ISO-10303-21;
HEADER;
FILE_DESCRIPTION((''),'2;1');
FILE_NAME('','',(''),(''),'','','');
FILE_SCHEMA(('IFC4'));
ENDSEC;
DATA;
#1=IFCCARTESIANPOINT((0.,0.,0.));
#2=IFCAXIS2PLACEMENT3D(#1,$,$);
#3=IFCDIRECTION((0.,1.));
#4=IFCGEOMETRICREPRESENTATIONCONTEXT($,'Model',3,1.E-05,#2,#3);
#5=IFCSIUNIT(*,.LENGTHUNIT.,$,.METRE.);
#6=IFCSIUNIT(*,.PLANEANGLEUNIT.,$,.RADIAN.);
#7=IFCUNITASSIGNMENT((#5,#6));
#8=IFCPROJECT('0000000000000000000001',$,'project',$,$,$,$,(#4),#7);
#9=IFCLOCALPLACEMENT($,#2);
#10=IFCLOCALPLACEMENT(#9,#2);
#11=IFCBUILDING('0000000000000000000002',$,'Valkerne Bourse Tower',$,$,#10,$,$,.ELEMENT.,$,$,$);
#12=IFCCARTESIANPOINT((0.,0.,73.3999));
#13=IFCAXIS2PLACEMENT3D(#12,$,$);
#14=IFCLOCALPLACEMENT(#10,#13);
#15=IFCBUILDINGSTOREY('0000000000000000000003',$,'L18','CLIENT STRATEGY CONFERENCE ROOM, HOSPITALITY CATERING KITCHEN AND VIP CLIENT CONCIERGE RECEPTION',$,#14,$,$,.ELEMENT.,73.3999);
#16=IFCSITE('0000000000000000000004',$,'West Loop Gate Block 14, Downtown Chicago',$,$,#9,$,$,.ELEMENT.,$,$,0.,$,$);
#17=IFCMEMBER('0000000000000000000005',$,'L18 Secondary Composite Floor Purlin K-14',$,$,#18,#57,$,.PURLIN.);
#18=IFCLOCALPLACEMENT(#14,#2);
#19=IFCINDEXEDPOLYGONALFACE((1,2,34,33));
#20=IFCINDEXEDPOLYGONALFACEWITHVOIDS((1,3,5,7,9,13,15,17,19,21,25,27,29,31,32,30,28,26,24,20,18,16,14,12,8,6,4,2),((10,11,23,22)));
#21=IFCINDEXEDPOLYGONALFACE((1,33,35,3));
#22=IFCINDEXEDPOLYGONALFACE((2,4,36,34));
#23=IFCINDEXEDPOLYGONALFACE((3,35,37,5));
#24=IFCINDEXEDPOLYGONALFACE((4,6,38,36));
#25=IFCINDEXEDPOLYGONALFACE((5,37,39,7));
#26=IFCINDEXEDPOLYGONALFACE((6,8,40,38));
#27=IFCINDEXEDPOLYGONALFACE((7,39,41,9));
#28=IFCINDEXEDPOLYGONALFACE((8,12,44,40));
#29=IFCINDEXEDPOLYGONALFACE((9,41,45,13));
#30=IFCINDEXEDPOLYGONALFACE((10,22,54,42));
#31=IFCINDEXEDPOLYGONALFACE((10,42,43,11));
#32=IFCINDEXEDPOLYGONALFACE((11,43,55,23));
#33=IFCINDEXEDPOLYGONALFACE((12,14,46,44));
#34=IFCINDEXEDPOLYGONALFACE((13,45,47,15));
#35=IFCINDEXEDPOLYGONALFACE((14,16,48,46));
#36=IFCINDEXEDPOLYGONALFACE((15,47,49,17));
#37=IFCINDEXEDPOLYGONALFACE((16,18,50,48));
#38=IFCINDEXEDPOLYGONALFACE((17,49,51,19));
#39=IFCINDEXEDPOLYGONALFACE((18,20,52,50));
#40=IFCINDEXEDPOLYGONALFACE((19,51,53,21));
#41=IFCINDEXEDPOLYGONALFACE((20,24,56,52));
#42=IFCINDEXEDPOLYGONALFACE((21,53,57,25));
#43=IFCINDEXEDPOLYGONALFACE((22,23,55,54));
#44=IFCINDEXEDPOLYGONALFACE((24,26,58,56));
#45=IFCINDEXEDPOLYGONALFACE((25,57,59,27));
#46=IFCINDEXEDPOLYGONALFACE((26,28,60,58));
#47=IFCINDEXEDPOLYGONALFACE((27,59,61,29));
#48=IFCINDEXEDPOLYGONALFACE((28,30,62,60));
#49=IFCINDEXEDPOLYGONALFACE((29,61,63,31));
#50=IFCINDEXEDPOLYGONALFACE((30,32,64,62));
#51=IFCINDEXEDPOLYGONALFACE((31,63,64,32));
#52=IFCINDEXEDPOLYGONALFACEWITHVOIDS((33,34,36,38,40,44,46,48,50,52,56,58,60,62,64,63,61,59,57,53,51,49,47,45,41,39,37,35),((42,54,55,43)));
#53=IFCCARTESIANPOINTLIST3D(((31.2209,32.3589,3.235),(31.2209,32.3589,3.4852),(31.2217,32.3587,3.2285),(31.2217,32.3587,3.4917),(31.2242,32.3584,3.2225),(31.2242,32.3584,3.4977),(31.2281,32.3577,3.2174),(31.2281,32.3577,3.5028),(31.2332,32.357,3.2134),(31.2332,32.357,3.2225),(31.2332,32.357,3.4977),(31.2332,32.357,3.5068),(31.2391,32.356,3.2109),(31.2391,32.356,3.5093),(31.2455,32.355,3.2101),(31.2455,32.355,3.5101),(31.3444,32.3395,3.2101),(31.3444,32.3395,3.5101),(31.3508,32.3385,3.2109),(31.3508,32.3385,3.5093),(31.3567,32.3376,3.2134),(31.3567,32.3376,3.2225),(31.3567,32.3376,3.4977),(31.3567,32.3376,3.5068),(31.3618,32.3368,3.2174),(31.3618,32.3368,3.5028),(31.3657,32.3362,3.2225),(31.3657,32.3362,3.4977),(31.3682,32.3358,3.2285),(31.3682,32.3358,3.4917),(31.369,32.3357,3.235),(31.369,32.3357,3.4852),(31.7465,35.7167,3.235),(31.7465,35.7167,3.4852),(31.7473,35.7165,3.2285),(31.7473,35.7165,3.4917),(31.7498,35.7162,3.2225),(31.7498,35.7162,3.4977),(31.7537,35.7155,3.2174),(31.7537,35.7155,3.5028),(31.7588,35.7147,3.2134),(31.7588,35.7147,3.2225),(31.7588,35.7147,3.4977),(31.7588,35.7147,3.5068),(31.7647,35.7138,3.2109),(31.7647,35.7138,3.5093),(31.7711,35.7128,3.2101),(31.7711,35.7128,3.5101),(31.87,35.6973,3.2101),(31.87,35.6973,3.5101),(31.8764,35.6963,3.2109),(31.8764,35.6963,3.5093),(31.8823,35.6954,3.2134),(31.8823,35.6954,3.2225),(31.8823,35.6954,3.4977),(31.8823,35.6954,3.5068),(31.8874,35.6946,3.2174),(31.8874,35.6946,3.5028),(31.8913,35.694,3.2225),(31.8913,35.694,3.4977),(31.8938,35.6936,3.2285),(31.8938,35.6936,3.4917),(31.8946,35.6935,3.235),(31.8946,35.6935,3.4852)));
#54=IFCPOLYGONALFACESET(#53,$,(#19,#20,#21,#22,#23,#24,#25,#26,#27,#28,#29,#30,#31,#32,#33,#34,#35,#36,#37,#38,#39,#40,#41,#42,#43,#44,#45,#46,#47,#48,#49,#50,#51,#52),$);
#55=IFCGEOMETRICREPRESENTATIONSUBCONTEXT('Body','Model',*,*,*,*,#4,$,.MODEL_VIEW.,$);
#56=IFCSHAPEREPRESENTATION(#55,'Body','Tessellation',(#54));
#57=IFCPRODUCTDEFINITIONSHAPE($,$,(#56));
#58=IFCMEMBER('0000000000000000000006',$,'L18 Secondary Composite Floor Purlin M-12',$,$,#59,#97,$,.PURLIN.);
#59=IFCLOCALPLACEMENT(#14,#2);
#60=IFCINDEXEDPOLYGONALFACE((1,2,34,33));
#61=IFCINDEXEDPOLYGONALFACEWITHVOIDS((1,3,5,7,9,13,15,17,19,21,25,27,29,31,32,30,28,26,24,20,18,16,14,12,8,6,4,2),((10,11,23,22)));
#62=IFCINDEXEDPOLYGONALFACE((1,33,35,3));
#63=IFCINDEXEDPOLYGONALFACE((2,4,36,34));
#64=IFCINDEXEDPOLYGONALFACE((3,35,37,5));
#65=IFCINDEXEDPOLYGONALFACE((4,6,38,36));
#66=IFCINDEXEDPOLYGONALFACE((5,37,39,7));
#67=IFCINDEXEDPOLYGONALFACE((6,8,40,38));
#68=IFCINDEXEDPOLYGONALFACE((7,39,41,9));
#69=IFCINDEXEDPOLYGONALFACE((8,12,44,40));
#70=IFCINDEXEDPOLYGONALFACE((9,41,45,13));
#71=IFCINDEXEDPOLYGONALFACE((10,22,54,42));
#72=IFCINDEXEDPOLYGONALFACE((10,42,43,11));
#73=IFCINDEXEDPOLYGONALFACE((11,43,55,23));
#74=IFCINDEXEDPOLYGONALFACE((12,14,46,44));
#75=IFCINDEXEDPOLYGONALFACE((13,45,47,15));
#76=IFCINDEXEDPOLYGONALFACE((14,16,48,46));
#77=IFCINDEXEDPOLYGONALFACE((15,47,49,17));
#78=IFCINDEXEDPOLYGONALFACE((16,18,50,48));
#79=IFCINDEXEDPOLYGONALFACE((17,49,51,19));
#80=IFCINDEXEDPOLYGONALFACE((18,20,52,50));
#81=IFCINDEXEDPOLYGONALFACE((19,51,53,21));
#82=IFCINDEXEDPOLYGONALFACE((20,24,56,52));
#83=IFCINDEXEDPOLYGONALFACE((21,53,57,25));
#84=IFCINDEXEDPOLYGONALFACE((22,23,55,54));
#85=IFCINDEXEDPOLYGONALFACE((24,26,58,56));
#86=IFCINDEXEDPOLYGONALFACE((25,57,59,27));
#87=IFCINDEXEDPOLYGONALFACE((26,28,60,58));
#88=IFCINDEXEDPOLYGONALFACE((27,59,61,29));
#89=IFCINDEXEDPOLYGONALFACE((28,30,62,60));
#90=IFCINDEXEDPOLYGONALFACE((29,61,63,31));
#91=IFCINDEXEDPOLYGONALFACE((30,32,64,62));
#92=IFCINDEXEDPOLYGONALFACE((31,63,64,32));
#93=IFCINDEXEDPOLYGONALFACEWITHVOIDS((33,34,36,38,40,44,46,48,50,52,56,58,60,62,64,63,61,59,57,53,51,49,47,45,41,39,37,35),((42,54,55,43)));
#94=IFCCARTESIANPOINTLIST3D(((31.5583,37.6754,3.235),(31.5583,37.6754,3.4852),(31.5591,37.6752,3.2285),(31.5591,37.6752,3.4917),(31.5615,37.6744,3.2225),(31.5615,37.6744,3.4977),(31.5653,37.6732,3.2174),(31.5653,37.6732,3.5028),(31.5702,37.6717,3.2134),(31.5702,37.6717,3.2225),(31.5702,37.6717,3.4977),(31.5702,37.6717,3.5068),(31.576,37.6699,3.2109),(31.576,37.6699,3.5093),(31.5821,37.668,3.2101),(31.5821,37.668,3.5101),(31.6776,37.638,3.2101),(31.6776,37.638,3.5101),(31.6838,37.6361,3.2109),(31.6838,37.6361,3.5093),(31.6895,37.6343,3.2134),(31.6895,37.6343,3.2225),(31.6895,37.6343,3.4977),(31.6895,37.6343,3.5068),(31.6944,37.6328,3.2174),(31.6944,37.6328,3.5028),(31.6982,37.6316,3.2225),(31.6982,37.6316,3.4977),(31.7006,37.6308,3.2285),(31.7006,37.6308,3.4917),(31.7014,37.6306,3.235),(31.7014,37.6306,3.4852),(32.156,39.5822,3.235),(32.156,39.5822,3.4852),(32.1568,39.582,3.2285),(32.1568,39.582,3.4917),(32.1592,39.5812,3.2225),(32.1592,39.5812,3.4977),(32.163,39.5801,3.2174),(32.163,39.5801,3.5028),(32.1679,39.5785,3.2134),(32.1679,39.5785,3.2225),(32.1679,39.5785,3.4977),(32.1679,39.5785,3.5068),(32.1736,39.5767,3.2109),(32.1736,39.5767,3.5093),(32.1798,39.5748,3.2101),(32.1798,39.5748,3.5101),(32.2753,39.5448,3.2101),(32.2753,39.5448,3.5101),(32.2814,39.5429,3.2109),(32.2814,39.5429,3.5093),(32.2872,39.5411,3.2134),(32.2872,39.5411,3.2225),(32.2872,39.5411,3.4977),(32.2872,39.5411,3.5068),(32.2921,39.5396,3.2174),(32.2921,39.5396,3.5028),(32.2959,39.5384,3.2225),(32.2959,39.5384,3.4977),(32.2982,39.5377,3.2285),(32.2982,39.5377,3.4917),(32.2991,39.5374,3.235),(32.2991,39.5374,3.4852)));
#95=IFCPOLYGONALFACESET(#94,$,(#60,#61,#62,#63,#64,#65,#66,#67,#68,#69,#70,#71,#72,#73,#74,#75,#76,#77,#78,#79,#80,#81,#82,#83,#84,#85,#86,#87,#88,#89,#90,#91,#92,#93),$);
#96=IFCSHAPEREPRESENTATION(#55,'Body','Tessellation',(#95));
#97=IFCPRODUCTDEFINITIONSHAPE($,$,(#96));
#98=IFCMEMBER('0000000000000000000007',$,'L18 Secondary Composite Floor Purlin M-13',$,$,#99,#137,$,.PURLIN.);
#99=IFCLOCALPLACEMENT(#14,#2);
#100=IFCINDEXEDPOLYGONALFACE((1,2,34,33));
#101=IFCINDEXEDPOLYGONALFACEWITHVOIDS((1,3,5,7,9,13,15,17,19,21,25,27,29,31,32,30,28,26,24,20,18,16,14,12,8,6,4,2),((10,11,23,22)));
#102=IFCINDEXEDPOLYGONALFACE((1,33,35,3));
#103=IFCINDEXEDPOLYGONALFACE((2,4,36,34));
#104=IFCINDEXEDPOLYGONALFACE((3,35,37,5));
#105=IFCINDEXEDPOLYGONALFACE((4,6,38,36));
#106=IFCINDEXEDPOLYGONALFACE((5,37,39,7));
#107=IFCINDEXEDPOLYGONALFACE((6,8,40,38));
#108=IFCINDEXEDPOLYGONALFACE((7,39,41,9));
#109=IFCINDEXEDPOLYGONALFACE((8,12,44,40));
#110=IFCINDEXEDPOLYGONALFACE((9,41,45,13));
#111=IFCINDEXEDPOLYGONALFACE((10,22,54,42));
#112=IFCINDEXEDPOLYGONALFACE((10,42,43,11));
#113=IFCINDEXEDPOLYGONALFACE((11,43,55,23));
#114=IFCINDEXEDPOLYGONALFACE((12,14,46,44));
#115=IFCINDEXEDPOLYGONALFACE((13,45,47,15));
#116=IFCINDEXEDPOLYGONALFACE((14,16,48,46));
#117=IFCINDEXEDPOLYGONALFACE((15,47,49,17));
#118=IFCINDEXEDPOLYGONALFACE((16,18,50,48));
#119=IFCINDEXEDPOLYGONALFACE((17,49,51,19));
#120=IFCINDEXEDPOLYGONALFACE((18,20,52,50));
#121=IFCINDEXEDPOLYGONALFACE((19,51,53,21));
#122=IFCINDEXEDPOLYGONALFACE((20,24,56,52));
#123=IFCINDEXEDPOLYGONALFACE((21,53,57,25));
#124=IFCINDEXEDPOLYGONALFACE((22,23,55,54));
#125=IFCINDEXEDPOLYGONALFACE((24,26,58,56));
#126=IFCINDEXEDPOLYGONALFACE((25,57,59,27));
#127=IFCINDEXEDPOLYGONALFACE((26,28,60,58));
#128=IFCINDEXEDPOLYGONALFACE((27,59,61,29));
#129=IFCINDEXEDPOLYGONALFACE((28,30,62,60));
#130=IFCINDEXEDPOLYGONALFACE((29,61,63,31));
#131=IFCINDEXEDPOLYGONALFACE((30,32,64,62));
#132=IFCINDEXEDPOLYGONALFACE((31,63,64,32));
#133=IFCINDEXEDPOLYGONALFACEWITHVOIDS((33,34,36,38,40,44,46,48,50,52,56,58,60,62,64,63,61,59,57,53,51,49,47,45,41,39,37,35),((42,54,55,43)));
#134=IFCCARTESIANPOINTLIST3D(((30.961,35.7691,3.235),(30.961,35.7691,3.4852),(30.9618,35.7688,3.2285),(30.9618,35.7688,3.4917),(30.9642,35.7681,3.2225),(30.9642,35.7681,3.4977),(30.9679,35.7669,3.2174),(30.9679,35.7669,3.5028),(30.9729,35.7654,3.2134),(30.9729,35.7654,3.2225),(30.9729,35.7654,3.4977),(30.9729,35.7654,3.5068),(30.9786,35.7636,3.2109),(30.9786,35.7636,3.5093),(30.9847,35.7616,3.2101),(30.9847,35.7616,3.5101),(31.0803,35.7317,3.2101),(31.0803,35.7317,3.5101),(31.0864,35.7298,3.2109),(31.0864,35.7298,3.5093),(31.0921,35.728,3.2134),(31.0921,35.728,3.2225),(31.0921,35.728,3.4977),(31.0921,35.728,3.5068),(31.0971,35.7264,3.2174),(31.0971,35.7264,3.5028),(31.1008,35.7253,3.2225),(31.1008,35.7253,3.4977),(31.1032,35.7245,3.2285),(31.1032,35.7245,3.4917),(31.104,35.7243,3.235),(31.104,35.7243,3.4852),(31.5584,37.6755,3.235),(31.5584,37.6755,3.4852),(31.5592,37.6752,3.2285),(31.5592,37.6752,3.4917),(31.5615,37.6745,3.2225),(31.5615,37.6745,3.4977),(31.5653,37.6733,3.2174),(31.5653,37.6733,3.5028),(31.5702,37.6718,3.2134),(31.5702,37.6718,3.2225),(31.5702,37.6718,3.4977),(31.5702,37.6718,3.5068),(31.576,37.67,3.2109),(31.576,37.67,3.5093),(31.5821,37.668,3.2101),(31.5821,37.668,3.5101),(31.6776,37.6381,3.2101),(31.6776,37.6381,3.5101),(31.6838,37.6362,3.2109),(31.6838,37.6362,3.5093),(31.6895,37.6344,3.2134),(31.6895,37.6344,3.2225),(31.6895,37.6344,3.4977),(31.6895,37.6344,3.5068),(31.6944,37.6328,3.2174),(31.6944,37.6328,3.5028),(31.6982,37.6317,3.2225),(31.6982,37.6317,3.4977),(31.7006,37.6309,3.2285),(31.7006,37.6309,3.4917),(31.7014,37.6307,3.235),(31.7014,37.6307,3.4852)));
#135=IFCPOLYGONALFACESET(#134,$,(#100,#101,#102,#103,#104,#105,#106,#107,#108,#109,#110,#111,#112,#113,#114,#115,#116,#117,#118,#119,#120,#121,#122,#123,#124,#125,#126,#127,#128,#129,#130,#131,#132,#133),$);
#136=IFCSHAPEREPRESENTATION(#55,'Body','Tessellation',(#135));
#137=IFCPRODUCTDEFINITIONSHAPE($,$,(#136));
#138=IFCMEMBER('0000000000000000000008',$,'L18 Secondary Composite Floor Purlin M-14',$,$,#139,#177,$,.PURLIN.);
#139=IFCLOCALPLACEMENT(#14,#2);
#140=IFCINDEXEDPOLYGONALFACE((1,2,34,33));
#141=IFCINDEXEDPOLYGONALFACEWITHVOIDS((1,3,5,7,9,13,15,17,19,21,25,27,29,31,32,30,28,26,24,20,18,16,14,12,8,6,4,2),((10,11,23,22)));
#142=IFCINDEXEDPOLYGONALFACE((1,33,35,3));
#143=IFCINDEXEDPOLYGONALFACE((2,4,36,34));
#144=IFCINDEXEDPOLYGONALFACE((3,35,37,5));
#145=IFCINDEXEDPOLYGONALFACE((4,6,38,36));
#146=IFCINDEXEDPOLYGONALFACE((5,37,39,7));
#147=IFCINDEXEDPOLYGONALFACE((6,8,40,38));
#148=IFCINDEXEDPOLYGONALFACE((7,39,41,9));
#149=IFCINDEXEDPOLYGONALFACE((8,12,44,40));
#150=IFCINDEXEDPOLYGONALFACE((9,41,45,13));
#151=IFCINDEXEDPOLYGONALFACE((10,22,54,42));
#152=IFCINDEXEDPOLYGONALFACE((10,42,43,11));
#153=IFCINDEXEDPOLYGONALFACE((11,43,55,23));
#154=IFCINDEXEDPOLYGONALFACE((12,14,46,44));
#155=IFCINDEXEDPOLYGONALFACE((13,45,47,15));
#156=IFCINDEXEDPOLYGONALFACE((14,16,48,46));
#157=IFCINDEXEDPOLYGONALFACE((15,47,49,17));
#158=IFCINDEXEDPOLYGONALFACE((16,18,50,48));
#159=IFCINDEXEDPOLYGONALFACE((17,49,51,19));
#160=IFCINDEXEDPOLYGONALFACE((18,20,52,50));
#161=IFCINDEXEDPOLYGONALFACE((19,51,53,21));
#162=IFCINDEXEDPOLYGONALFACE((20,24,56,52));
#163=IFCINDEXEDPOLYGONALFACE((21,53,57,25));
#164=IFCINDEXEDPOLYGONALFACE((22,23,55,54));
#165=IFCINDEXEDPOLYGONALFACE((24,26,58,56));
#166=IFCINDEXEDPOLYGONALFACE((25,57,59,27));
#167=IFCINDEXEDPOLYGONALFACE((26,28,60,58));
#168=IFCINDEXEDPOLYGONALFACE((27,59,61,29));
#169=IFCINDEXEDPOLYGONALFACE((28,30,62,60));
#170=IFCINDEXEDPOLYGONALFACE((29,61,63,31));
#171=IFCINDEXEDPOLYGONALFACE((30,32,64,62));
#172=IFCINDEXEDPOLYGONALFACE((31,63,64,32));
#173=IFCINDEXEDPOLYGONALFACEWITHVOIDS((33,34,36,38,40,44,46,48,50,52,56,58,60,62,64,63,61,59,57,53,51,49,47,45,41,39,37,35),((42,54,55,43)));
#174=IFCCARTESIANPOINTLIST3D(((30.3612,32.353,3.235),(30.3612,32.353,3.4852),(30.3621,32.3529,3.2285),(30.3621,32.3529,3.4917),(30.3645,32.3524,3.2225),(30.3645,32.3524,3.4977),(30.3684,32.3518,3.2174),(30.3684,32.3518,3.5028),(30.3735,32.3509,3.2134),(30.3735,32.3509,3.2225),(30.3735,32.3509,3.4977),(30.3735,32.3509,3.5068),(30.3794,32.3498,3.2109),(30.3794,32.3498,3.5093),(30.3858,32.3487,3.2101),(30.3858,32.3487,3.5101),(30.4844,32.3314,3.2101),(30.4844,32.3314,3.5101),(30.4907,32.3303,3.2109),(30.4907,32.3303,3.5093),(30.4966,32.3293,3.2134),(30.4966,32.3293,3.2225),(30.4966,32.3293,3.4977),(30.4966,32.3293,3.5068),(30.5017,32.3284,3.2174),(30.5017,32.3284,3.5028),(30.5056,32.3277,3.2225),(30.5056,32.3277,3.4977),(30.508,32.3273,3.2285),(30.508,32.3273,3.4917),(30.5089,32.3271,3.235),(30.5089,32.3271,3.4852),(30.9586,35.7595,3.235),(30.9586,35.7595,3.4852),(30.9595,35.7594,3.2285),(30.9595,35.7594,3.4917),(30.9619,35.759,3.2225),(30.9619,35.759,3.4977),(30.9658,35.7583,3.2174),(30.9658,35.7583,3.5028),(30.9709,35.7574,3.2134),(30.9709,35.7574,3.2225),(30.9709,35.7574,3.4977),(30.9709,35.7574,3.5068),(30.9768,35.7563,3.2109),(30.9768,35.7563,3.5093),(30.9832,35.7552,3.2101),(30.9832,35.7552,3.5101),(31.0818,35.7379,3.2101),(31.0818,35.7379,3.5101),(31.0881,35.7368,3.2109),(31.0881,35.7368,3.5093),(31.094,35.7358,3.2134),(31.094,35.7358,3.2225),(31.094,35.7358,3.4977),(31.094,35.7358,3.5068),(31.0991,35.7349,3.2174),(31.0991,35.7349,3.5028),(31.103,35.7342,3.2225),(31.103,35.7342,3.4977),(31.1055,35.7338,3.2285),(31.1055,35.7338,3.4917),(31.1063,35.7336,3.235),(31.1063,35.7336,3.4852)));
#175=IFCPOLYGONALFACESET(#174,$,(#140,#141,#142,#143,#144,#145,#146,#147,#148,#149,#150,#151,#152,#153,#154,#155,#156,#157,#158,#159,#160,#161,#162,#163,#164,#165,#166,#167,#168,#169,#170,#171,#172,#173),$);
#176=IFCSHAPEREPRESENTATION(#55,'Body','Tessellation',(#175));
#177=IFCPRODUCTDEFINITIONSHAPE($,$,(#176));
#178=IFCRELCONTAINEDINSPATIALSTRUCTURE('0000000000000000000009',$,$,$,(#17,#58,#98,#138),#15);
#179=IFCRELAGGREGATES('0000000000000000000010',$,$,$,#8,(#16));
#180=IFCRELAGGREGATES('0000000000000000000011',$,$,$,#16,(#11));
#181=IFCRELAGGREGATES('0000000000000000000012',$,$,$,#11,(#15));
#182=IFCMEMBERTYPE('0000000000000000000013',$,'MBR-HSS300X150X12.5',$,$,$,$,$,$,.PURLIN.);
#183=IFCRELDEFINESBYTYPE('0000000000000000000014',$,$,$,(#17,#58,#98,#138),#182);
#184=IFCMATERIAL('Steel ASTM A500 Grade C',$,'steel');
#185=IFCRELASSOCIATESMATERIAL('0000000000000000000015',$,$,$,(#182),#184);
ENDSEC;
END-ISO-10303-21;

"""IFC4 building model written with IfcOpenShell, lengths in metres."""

from ifc_helpers import new_model, si_unit, direction, frame, origin, origin_2d, place, context, subcontext, project, spatial, hollow_rectangle, extrude, material, material_profile, profile_set, type_object, element, save


model = new_model("IFC4")

# Units and contexts
model_context = context("Model", 3, precision=1e-05, world=origin(), true_north=direction((0.0, 1.0)))
body_context = subcontext(model_context, "Body", "Model", "MODEL_VIEW")
ifc_project = project(units=[si_unit("LENGTHUNIT", "METRE"), si_unit("PLANEANGLEUNIT", "RADIAN")], contexts=[model_context])

# Site, building, storey
site_placement = place(None, origin())
site = spatial("IfcSite", under=ifc_project, at=site_placement, Name="West Loop Gate Block 14, Downtown Chicago", CompositionType="ELEMENT", RefElevation=0.0)
building_placement = place(site_placement, origin())
building = spatial("IfcBuilding", under=site, at=building_placement, Name="Valkerne Bourse Tower", CompositionType="ELEMENT")
storey_placement = place(building_placement, frame((0.0, 0.0, 73.3999)))
storey = spatial("IfcBuildingStorey", under=building, at=storey_placement, Name="L18", Description="CLIENT STRATEGY CONFERENCE ROOM, HOSPITALITY CATERING KITCHEN AND VIP CLIENT CONCIERGE RECEPTION", CompositionType="ELEMENT", Elevation=73.3999)

# Members
ifc_material_1 = material(Name="Steel ASTM A500 Grade C", Category="steel")
ifc_material_profile_1 = material_profile(ifc_material_1, hollow_rectangle(XDim=0.1499, YDim=0.3, WallThickness=0.0125, OuterFilletRadius=0.0249, at=origin_2d()), Name="HSS300X150X12.5")
ifc_profile_set_1 = profile_set([ifc_material_profile_1], Name="Steel ASTM A500 Grade C")
member_type_1 = type_object("IfcMemberType", Name="MBR-HSS300X150X12.5", PredefinedType="PURLIN", material=ifc_profile_set_1)
member_1_placement = place(storey_placement, frame((31.8206, 35.7051, 3.3601), z_axis=(-0.154653, -0.987969, 0.0), x_axis=(0.987969, -0.154653, 0.0)))
element("IfcMember", 1, at=member_1_placement, inside=storey, type_object=member_type_1, Name="L18 Secondary Composite Floor Purlin K-14", PredefinedType="PURLIN", context=body_context, shape_type="SweptSolid", body=[
    extrude(hollow_rectangle(XDim=0.1499, YDim=0.3, WallThickness=0.0125, OuterFilletRadius=0.0249, at=origin_2d()), origin(), (0.0, 0.0, 1.0), 3.3987),
])
member_2_placement = place(storey_placement, frame((32.2275, 39.5598, 3.3601), z_axis=(-0.299096, -0.954223, 0.0), x_axis=(0.954223, -0.299096, 0.0)))
element("IfcMember", 2, at=member_2_placement, inside=storey, type_object=member_type_1, Name="L18 Secondary Composite Floor Purlin M-12", PredefinedType="PURLIN", context=body_context, shape_type="SweptSolid", body=[
    extrude(hollow_rectangle(XDim=0.1499, YDim=0.3, WallThickness=0.0125, OuterFilletRadius=0.0249, at=origin_2d()), origin(), (0.0, 0.0, 1.0), 1.9983),
])
member_3_placement = place(storey_placement, frame((31.6299, 37.6531, 3.3601), z_axis=(-0.299019, -0.954247, 0.0), x_axis=(0.954247, -0.299019, 0.0)))
element("IfcMember", 3, at=member_3_placement, inside=storey, type_object=member_type_1, Name="L18 Secondary Composite Floor Purlin M-13", PredefinedType="PURLIN", context=body_context, shape_type="SweptSolid", body=[
    extrude(hollow_rectangle(XDim=0.1499, YDim=0.3, WallThickness=0.0125, OuterFilletRadius=0.0249, at=origin_2d()), origin(), (0.0, 0.0, 1.0), 1.9978),
])
member_4_placement = place(storey_placement, frame((31.0325, 35.7466, 3.3601), z_axis=(-0.172738, -0.984968, 0.0), x_axis=(0.984968, -0.172738, 0.0)))
element("IfcMember", 4, at=member_4_placement, inside=storey, type_object=member_type_1, Name="L18 Secondary Composite Floor Purlin M-14", PredefinedType="PURLIN", context=body_context, shape_type="SweptSolid", body=[
    extrude(hollow_rectangle(XDim=0.1499, YDim=0.3, WallThickness=0.0125, OuterFilletRadius=0.0249, at=origin_2d()), origin(), (0.0, 0.0, 1.0), 3.4585),
])

save(model, "model.ifc")
